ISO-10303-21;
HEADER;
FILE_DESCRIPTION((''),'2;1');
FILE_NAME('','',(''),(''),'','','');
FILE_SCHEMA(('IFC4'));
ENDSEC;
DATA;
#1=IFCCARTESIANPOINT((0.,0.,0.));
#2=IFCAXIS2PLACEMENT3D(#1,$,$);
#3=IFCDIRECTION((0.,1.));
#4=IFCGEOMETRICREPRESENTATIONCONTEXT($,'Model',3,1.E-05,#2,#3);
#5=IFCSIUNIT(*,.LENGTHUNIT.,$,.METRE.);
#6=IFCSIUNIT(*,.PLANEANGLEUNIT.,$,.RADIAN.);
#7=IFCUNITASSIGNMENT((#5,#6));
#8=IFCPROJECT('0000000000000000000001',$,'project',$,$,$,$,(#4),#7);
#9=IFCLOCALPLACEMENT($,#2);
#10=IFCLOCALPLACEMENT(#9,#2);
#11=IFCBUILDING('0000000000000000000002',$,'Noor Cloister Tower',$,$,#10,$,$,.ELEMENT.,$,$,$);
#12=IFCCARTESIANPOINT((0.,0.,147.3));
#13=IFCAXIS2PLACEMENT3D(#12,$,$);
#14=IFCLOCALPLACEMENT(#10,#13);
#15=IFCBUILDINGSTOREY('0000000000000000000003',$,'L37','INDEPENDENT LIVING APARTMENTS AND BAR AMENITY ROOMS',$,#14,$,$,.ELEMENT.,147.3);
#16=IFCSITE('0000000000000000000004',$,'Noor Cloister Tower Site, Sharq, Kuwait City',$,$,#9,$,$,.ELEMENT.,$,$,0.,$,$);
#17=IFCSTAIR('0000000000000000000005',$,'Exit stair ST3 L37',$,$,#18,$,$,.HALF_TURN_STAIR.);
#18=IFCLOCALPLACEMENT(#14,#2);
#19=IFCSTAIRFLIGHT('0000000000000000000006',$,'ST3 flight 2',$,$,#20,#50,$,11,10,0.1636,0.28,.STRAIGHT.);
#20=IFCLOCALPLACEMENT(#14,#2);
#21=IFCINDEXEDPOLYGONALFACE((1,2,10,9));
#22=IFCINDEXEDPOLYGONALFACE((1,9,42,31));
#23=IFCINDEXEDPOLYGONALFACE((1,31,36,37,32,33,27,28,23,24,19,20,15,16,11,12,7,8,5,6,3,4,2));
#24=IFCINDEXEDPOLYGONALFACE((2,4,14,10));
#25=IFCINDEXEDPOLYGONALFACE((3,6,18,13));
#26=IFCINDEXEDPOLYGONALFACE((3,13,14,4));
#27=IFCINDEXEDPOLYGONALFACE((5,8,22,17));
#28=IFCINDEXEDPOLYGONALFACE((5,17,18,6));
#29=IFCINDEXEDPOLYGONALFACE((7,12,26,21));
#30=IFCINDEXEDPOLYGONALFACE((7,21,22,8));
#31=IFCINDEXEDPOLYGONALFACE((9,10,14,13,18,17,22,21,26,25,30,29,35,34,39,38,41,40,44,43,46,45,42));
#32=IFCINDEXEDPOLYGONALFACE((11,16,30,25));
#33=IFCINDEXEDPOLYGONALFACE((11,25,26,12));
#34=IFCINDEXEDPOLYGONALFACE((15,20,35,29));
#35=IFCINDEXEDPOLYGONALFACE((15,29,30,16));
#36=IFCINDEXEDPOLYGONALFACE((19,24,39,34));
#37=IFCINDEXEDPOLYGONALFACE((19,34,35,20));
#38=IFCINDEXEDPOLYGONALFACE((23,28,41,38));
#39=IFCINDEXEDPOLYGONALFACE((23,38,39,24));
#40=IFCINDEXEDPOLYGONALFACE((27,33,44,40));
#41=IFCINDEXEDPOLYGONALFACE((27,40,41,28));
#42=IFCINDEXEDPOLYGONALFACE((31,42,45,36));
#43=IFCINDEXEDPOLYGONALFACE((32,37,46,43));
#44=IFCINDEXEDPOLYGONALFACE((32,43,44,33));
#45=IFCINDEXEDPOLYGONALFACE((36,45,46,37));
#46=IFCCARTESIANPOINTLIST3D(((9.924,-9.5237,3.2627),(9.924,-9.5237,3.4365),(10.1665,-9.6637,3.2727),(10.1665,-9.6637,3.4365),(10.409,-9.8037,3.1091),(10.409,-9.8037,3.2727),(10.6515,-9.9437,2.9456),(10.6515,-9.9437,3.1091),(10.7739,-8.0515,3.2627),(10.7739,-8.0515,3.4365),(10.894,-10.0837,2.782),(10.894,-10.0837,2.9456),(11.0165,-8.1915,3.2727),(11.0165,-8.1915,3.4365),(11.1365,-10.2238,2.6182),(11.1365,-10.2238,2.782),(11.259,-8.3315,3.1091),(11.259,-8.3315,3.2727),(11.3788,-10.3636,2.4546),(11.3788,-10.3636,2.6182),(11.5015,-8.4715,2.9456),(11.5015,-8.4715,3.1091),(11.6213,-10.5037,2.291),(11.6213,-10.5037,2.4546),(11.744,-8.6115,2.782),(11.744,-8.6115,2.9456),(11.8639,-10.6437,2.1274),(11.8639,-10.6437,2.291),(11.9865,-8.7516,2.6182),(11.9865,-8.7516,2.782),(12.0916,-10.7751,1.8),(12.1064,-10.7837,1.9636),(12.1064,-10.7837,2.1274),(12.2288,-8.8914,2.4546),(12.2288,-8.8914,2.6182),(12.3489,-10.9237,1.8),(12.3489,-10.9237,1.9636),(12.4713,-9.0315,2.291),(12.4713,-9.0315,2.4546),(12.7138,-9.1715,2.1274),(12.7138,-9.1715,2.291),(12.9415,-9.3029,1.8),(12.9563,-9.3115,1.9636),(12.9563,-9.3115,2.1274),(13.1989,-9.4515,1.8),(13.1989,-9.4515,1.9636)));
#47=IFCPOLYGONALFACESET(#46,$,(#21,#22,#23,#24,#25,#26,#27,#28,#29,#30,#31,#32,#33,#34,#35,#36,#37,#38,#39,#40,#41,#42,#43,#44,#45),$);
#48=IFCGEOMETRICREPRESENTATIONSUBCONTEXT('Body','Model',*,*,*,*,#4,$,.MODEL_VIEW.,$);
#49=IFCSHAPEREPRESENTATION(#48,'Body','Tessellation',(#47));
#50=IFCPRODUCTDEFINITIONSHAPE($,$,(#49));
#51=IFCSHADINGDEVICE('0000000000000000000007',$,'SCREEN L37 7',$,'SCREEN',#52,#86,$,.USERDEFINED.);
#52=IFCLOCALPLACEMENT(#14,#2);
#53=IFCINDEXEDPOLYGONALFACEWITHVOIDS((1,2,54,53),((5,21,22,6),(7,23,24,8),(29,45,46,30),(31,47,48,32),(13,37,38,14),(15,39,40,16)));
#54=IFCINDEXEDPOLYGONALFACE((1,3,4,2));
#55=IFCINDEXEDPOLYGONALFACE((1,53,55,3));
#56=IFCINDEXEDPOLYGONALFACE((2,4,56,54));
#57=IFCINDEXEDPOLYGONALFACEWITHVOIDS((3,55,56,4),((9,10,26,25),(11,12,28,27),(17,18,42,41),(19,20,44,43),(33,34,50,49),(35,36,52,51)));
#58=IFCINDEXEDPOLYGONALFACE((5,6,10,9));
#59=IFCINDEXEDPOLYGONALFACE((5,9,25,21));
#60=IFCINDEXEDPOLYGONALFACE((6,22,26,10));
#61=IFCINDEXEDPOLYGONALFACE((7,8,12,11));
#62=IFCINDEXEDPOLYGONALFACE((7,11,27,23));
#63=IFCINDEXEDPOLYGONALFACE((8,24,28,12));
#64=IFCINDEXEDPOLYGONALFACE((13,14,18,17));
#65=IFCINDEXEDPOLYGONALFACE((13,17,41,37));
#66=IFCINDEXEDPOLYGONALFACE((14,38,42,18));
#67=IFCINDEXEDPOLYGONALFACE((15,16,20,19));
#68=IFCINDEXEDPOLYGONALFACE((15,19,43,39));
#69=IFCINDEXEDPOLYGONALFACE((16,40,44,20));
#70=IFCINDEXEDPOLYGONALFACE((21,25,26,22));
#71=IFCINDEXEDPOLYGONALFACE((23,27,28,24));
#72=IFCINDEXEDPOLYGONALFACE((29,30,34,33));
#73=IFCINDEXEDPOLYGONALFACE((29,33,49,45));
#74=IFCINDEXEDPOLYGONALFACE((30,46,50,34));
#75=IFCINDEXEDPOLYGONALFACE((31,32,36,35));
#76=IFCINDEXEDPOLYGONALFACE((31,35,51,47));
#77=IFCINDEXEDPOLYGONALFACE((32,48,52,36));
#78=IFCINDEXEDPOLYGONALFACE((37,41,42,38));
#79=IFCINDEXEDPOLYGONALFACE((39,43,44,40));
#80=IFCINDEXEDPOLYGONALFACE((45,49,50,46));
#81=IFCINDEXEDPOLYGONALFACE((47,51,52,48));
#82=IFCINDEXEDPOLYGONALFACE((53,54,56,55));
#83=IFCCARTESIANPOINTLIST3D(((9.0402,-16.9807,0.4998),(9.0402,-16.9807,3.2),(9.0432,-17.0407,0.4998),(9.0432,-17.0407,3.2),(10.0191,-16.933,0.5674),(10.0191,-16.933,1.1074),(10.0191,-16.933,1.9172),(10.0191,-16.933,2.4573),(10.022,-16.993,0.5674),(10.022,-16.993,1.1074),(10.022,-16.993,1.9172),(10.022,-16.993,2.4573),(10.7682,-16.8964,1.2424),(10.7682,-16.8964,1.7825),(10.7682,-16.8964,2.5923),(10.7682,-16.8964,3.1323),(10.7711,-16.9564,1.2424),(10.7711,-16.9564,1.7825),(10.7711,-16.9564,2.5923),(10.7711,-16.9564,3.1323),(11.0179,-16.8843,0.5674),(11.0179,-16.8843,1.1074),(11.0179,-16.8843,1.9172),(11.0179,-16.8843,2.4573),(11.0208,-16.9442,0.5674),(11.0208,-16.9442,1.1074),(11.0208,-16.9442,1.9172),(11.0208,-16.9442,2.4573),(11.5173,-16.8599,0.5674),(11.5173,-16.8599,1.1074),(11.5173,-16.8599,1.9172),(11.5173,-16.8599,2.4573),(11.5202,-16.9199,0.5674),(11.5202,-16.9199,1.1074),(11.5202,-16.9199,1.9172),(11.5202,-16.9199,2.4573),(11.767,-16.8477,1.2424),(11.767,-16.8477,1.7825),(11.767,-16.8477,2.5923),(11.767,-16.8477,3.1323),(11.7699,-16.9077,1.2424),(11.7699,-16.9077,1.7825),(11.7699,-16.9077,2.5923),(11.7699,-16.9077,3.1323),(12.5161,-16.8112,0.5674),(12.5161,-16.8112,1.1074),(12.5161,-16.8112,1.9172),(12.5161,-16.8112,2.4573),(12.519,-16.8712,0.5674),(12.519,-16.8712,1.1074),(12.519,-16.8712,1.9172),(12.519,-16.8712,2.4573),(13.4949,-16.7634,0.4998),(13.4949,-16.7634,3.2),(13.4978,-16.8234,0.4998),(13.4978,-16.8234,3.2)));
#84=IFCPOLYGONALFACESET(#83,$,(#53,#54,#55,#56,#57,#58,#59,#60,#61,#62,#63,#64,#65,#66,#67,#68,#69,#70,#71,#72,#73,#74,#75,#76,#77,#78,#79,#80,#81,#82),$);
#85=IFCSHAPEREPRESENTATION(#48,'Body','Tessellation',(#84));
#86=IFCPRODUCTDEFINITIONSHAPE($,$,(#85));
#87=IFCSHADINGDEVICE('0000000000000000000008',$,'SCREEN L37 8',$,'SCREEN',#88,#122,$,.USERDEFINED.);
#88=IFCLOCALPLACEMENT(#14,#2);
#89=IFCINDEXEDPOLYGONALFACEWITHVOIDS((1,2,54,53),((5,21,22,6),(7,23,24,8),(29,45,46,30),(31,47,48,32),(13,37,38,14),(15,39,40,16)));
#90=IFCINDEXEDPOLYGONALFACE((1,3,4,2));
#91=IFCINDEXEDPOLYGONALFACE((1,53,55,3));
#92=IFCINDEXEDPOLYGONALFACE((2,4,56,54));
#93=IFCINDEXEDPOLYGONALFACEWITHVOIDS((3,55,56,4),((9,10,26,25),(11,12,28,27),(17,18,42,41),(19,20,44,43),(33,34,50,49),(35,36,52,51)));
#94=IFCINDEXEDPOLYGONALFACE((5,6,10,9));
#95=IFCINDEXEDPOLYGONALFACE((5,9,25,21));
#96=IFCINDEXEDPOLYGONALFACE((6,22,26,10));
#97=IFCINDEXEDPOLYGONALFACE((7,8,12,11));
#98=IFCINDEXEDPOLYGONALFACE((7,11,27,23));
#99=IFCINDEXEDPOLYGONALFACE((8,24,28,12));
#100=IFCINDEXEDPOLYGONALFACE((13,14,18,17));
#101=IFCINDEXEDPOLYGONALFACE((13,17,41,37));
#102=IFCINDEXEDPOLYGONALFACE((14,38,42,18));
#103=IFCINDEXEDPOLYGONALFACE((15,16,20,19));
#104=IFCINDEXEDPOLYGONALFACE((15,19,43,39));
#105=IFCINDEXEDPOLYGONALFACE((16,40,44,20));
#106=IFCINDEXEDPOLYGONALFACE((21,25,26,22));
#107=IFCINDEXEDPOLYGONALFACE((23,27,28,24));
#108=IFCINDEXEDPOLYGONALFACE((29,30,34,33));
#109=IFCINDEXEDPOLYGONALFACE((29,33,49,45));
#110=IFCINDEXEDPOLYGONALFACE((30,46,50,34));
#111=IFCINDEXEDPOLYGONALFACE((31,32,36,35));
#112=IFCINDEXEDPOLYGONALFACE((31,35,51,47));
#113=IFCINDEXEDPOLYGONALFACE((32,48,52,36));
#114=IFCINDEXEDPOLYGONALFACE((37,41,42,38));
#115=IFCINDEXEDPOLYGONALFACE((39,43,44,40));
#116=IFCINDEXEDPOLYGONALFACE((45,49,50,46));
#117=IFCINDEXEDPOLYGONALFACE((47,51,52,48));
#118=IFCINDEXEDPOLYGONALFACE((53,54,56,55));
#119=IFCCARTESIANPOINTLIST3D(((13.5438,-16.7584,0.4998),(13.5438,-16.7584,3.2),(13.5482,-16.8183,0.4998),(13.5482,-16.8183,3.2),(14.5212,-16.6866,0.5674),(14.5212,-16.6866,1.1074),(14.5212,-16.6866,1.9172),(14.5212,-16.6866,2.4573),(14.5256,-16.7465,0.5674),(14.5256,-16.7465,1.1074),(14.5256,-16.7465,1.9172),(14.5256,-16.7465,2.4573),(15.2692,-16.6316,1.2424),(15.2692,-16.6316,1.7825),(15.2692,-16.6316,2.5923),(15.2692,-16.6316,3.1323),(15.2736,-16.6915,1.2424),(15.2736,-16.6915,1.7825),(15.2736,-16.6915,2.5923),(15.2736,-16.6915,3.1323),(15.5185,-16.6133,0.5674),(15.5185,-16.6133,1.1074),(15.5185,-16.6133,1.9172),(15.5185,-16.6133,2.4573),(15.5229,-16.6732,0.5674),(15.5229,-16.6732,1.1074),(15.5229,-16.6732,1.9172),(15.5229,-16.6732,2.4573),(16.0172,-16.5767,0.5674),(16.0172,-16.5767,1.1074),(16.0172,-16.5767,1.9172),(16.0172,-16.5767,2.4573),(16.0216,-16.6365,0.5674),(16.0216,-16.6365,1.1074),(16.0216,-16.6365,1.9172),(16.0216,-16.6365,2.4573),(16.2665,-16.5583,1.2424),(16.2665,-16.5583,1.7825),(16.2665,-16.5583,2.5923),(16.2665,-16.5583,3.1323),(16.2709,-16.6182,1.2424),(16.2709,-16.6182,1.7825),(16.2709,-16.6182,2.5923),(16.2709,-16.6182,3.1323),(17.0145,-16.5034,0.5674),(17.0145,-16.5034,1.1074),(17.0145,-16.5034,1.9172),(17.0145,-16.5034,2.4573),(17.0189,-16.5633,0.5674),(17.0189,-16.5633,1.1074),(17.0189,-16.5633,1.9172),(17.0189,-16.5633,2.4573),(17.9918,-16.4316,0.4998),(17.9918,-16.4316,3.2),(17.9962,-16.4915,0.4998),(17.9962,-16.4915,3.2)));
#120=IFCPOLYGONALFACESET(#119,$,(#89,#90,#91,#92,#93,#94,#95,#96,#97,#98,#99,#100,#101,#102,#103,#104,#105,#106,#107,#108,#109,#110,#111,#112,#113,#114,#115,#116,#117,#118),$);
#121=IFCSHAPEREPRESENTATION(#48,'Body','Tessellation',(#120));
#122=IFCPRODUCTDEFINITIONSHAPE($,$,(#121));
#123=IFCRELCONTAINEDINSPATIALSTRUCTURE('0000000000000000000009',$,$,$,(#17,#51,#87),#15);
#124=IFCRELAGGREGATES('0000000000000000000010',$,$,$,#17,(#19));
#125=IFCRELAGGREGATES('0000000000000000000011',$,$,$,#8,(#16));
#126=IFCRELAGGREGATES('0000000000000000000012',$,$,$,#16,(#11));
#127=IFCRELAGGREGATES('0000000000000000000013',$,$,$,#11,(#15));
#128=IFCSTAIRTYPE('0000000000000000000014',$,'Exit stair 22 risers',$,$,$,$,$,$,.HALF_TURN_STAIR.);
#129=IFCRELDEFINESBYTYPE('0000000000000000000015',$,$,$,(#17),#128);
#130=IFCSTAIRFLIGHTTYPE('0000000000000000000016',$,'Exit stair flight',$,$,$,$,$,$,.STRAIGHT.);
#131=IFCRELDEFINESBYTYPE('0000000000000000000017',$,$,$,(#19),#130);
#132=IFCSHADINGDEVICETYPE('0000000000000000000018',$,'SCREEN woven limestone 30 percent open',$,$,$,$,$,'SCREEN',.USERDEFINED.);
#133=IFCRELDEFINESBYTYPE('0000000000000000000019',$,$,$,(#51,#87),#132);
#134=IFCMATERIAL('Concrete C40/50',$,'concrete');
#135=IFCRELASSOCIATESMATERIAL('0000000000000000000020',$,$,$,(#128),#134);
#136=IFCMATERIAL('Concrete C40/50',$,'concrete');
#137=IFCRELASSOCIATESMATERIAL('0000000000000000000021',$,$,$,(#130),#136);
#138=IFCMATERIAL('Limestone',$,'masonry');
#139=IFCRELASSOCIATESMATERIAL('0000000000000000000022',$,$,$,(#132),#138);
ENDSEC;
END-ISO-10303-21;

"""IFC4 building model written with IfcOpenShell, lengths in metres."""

from ifc_helpers import new_model, si_unit, direction, frame, origin, place, context, subcontext, project, spatial, polyline, outline, extrude, material, material_profile, profile_set, type_object, element, aggregate, save


model = new_model("IFC4")

# Units and contexts
model_context = context("Model", 3, precision=1e-05, world=origin(), true_north=direction((0.0, 1.0)))
body_context = subcontext(model_context, "Body", "Model", "MODEL_VIEW")
ifc_project = project(units=[si_unit("LENGTHUNIT", "METRE"), si_unit("PLANEANGLEUNIT", "RADIAN")], contexts=[model_context])

# Site, building, storey
site_placement = place(None, origin())
site = spatial("IfcSite", under=ifc_project, at=site_placement, Name="Noor Cloister Tower Site, Sharq, Kuwait City", CompositionType="ELEMENT", RefElevation=0.0)
building_placement = place(site_placement, origin())
building = spatial("IfcBuilding", under=site, at=building_placement, Name="Noor Cloister Tower", CompositionType="ELEMENT")
storey_placement = place(building_placement, frame((0.0, 0.0, 147.3)))
storey = spatial("IfcBuildingStorey", under=building, at=storey_placement, Name="L37", Description="INDEPENDENT LIVING APARTMENTS AND BAR AMENITY ROOMS", CompositionType="ELEMENT", Elevation=147.3)

# Stair, stair flight
ifc_material_1 = material(Name="Concrete C40/50", Category="concrete")
stair_type = type_object("IfcStairType", Name="Exit stair 22 risers", PredefinedType="HALF_TURN_STAIR", material=ifc_material_1)
stair_placement = place(storey_placement, origin())
stair = element("IfcStair", 1, at=stair_placement, inside=storey, type_object=stair_type, Name="Exit stair ST3 L37", PredefinedType="HALF_TURN_STAIR")
ifc_material_2 = material(Name="Concrete C40/50", Category="concrete")
stair_flight_type = type_object("IfcStairFlightType", Name="Exit stair flight", PredefinedType="STRAIGHT", material=ifc_material_2)
stair_flight_1_placement = place(storey_placement, frame((12.7739, -10.1875, 1.8), z_axis=(0.0, 0.0, 1.0), x_axis=(-0.866025, 0.5, 0.0)))
stair_flight_1 = element("IfcStairFlight", 2, at=stair_flight_1_placement, type_object=stair_flight_type, Name="ST3 flight 2", NumberOfRisers=11, NumberOfTreads=10, PredefinedType="STRAIGHT", RiserHeight=0.1636, TreadLength=0.28, context=body_context, shape_type="SweptSolid", body=[
    extrude(outline(polyline([(0.0, 0.0), (0.0, 0.1636), (0.28, 0.1636), (0.28, 0.3274), (0.5601, 0.3274), (0.5601, 0.491), (0.8401, 0.491), (0.8401, 0.6545), (1.1201, 0.6545), (1.1201, 0.8181), (1.3999, 0.8181), (1.3999, 0.9819), (1.6799, 0.9819), (1.6799, 1.1455), (1.96, 1.1455), (1.96, 1.3091), (2.24, 1.3091), (2.24, 1.4727), (2.52, 1.4727), (2.52, 1.6365), (2.8, 1.6365), (2.8, 1.8), (2.8, 1.4626), (0.2971, 0.0), (0.0, 0.0)])), frame((0.0, 0.8501, 0.0), z_axis=(0.0, -1.0, 0.0), x_axis=(1.0, 0.0, 0.0)), (0.0, 0.0, 1.0), 1.7),
])
aggregate(stair, [stair_flight_1])

# Shading devices
ifc_material_3 = material(Name="Limestone", Category="masonry")
ifc_material_profile_1 = material_profile(ifc_material_3, outline(polyline([(-2.23, -1.3501), (2.23, -1.3501), (2.23, 1.3501), (-2.23, 1.3501), (-2.23, -1.3501)]), holes=[polyline([(-1.25, -1.2825), (-0.25, -1.2825), (-0.25, -0.7424), (-1.25, -0.7424), (-1.25, -1.2825)]), polyline([(0.25, -1.2825), (1.25, -1.2825), (1.25, -0.7424), (0.25, -0.7424), (0.25, -1.2825)]), polyline([(-0.5, -0.6074), (0.5, -0.6074), (0.5, -0.0674), (-0.5, -0.0674), (-0.5, -0.6074)]), polyline([(-1.25, 0.0674), (-0.25, 0.0674), (-0.25, 0.6074), (-1.25, 0.6074), (-1.25, 0.0674)]), polyline([(0.25, 0.0674), (1.25, 0.0674), (1.25, 0.6074), (0.25, 0.6074), (0.25, 0.0674)]), polyline([(-0.5, 0.7424), (0.5, 0.7424), (0.5, 1.2825), (-0.5, 1.2825), (-0.5, 0.7424)])]), Name="Woven screen 30 percent open")
ifc_profile_set_1 = profile_set([ifc_material_profile_1], Name="Limestone")
shading_device_type = type_object("IfcShadingDeviceType", Name="SCREEN woven limestone 30 percent open", ElementType="SCREEN", PredefinedType="USERDEFINED", material=ifc_profile_set_1)
for number, where, z_axis, x_axis, name in (
    (3, (11.2676, -16.8721, 1.8499), (0.048723, -0.998812, 0.0), (0.998812, 0.048723, 0.0), "SCREEN L37 7"),
    (4, (15.7678, -16.595, 1.8499), (0.073272, -0.997312, 0.0), (0.997312, 0.073272, 0.0), "SCREEN L37 8"),
):
    element("IfcShadingDevice", number, at=place(storey_placement, frame(where, z_axis=z_axis, x_axis=x_axis)), inside=storey, type_object=shading_device_type, Name=name, ObjectType="SCREEN", PredefinedType="USERDEFINED", context=body_context, shape_type="SweptSolid", body=[
        extrude(outline(polyline([(-2.23, -1.3501), (2.23, -1.3501), (2.23, 1.3501), (-2.23, 1.3501), (-2.23, -1.3501)]), holes=[polyline([(-1.25, -1.2825), (-0.25, -1.2825), (-0.25, -0.7424), (-1.25, -0.7424), (-1.25, -1.2825)]), polyline([(0.25, -1.2825), (1.25, -1.2825), (1.25, -0.7424), (0.25, -0.7424), (0.25, -1.2825)]), polyline([(-0.5, -0.6074), (0.5, -0.6074), (0.5, -0.0674), (-0.5, -0.0674), (-0.5, -0.6074)]), polyline([(-1.25, 0.0674), (-0.25, 0.0674), (-0.25, 0.6074), (-1.25, 0.6074), (-1.25, 0.0674)]), polyline([(0.25, 0.0674), (1.25, 0.0674), (1.25, 0.6074), (0.25, 0.6074), (0.25, 0.0674)]), polyline([(-0.5, 0.7424), (0.5, 0.7424), (0.5, 1.2825), (-0.5, 1.2825), (-0.5, 0.7424)])]), origin(), (0.0, 0.0, 1.0), 0.0601),
    ])

save(model, "model.ifc")
